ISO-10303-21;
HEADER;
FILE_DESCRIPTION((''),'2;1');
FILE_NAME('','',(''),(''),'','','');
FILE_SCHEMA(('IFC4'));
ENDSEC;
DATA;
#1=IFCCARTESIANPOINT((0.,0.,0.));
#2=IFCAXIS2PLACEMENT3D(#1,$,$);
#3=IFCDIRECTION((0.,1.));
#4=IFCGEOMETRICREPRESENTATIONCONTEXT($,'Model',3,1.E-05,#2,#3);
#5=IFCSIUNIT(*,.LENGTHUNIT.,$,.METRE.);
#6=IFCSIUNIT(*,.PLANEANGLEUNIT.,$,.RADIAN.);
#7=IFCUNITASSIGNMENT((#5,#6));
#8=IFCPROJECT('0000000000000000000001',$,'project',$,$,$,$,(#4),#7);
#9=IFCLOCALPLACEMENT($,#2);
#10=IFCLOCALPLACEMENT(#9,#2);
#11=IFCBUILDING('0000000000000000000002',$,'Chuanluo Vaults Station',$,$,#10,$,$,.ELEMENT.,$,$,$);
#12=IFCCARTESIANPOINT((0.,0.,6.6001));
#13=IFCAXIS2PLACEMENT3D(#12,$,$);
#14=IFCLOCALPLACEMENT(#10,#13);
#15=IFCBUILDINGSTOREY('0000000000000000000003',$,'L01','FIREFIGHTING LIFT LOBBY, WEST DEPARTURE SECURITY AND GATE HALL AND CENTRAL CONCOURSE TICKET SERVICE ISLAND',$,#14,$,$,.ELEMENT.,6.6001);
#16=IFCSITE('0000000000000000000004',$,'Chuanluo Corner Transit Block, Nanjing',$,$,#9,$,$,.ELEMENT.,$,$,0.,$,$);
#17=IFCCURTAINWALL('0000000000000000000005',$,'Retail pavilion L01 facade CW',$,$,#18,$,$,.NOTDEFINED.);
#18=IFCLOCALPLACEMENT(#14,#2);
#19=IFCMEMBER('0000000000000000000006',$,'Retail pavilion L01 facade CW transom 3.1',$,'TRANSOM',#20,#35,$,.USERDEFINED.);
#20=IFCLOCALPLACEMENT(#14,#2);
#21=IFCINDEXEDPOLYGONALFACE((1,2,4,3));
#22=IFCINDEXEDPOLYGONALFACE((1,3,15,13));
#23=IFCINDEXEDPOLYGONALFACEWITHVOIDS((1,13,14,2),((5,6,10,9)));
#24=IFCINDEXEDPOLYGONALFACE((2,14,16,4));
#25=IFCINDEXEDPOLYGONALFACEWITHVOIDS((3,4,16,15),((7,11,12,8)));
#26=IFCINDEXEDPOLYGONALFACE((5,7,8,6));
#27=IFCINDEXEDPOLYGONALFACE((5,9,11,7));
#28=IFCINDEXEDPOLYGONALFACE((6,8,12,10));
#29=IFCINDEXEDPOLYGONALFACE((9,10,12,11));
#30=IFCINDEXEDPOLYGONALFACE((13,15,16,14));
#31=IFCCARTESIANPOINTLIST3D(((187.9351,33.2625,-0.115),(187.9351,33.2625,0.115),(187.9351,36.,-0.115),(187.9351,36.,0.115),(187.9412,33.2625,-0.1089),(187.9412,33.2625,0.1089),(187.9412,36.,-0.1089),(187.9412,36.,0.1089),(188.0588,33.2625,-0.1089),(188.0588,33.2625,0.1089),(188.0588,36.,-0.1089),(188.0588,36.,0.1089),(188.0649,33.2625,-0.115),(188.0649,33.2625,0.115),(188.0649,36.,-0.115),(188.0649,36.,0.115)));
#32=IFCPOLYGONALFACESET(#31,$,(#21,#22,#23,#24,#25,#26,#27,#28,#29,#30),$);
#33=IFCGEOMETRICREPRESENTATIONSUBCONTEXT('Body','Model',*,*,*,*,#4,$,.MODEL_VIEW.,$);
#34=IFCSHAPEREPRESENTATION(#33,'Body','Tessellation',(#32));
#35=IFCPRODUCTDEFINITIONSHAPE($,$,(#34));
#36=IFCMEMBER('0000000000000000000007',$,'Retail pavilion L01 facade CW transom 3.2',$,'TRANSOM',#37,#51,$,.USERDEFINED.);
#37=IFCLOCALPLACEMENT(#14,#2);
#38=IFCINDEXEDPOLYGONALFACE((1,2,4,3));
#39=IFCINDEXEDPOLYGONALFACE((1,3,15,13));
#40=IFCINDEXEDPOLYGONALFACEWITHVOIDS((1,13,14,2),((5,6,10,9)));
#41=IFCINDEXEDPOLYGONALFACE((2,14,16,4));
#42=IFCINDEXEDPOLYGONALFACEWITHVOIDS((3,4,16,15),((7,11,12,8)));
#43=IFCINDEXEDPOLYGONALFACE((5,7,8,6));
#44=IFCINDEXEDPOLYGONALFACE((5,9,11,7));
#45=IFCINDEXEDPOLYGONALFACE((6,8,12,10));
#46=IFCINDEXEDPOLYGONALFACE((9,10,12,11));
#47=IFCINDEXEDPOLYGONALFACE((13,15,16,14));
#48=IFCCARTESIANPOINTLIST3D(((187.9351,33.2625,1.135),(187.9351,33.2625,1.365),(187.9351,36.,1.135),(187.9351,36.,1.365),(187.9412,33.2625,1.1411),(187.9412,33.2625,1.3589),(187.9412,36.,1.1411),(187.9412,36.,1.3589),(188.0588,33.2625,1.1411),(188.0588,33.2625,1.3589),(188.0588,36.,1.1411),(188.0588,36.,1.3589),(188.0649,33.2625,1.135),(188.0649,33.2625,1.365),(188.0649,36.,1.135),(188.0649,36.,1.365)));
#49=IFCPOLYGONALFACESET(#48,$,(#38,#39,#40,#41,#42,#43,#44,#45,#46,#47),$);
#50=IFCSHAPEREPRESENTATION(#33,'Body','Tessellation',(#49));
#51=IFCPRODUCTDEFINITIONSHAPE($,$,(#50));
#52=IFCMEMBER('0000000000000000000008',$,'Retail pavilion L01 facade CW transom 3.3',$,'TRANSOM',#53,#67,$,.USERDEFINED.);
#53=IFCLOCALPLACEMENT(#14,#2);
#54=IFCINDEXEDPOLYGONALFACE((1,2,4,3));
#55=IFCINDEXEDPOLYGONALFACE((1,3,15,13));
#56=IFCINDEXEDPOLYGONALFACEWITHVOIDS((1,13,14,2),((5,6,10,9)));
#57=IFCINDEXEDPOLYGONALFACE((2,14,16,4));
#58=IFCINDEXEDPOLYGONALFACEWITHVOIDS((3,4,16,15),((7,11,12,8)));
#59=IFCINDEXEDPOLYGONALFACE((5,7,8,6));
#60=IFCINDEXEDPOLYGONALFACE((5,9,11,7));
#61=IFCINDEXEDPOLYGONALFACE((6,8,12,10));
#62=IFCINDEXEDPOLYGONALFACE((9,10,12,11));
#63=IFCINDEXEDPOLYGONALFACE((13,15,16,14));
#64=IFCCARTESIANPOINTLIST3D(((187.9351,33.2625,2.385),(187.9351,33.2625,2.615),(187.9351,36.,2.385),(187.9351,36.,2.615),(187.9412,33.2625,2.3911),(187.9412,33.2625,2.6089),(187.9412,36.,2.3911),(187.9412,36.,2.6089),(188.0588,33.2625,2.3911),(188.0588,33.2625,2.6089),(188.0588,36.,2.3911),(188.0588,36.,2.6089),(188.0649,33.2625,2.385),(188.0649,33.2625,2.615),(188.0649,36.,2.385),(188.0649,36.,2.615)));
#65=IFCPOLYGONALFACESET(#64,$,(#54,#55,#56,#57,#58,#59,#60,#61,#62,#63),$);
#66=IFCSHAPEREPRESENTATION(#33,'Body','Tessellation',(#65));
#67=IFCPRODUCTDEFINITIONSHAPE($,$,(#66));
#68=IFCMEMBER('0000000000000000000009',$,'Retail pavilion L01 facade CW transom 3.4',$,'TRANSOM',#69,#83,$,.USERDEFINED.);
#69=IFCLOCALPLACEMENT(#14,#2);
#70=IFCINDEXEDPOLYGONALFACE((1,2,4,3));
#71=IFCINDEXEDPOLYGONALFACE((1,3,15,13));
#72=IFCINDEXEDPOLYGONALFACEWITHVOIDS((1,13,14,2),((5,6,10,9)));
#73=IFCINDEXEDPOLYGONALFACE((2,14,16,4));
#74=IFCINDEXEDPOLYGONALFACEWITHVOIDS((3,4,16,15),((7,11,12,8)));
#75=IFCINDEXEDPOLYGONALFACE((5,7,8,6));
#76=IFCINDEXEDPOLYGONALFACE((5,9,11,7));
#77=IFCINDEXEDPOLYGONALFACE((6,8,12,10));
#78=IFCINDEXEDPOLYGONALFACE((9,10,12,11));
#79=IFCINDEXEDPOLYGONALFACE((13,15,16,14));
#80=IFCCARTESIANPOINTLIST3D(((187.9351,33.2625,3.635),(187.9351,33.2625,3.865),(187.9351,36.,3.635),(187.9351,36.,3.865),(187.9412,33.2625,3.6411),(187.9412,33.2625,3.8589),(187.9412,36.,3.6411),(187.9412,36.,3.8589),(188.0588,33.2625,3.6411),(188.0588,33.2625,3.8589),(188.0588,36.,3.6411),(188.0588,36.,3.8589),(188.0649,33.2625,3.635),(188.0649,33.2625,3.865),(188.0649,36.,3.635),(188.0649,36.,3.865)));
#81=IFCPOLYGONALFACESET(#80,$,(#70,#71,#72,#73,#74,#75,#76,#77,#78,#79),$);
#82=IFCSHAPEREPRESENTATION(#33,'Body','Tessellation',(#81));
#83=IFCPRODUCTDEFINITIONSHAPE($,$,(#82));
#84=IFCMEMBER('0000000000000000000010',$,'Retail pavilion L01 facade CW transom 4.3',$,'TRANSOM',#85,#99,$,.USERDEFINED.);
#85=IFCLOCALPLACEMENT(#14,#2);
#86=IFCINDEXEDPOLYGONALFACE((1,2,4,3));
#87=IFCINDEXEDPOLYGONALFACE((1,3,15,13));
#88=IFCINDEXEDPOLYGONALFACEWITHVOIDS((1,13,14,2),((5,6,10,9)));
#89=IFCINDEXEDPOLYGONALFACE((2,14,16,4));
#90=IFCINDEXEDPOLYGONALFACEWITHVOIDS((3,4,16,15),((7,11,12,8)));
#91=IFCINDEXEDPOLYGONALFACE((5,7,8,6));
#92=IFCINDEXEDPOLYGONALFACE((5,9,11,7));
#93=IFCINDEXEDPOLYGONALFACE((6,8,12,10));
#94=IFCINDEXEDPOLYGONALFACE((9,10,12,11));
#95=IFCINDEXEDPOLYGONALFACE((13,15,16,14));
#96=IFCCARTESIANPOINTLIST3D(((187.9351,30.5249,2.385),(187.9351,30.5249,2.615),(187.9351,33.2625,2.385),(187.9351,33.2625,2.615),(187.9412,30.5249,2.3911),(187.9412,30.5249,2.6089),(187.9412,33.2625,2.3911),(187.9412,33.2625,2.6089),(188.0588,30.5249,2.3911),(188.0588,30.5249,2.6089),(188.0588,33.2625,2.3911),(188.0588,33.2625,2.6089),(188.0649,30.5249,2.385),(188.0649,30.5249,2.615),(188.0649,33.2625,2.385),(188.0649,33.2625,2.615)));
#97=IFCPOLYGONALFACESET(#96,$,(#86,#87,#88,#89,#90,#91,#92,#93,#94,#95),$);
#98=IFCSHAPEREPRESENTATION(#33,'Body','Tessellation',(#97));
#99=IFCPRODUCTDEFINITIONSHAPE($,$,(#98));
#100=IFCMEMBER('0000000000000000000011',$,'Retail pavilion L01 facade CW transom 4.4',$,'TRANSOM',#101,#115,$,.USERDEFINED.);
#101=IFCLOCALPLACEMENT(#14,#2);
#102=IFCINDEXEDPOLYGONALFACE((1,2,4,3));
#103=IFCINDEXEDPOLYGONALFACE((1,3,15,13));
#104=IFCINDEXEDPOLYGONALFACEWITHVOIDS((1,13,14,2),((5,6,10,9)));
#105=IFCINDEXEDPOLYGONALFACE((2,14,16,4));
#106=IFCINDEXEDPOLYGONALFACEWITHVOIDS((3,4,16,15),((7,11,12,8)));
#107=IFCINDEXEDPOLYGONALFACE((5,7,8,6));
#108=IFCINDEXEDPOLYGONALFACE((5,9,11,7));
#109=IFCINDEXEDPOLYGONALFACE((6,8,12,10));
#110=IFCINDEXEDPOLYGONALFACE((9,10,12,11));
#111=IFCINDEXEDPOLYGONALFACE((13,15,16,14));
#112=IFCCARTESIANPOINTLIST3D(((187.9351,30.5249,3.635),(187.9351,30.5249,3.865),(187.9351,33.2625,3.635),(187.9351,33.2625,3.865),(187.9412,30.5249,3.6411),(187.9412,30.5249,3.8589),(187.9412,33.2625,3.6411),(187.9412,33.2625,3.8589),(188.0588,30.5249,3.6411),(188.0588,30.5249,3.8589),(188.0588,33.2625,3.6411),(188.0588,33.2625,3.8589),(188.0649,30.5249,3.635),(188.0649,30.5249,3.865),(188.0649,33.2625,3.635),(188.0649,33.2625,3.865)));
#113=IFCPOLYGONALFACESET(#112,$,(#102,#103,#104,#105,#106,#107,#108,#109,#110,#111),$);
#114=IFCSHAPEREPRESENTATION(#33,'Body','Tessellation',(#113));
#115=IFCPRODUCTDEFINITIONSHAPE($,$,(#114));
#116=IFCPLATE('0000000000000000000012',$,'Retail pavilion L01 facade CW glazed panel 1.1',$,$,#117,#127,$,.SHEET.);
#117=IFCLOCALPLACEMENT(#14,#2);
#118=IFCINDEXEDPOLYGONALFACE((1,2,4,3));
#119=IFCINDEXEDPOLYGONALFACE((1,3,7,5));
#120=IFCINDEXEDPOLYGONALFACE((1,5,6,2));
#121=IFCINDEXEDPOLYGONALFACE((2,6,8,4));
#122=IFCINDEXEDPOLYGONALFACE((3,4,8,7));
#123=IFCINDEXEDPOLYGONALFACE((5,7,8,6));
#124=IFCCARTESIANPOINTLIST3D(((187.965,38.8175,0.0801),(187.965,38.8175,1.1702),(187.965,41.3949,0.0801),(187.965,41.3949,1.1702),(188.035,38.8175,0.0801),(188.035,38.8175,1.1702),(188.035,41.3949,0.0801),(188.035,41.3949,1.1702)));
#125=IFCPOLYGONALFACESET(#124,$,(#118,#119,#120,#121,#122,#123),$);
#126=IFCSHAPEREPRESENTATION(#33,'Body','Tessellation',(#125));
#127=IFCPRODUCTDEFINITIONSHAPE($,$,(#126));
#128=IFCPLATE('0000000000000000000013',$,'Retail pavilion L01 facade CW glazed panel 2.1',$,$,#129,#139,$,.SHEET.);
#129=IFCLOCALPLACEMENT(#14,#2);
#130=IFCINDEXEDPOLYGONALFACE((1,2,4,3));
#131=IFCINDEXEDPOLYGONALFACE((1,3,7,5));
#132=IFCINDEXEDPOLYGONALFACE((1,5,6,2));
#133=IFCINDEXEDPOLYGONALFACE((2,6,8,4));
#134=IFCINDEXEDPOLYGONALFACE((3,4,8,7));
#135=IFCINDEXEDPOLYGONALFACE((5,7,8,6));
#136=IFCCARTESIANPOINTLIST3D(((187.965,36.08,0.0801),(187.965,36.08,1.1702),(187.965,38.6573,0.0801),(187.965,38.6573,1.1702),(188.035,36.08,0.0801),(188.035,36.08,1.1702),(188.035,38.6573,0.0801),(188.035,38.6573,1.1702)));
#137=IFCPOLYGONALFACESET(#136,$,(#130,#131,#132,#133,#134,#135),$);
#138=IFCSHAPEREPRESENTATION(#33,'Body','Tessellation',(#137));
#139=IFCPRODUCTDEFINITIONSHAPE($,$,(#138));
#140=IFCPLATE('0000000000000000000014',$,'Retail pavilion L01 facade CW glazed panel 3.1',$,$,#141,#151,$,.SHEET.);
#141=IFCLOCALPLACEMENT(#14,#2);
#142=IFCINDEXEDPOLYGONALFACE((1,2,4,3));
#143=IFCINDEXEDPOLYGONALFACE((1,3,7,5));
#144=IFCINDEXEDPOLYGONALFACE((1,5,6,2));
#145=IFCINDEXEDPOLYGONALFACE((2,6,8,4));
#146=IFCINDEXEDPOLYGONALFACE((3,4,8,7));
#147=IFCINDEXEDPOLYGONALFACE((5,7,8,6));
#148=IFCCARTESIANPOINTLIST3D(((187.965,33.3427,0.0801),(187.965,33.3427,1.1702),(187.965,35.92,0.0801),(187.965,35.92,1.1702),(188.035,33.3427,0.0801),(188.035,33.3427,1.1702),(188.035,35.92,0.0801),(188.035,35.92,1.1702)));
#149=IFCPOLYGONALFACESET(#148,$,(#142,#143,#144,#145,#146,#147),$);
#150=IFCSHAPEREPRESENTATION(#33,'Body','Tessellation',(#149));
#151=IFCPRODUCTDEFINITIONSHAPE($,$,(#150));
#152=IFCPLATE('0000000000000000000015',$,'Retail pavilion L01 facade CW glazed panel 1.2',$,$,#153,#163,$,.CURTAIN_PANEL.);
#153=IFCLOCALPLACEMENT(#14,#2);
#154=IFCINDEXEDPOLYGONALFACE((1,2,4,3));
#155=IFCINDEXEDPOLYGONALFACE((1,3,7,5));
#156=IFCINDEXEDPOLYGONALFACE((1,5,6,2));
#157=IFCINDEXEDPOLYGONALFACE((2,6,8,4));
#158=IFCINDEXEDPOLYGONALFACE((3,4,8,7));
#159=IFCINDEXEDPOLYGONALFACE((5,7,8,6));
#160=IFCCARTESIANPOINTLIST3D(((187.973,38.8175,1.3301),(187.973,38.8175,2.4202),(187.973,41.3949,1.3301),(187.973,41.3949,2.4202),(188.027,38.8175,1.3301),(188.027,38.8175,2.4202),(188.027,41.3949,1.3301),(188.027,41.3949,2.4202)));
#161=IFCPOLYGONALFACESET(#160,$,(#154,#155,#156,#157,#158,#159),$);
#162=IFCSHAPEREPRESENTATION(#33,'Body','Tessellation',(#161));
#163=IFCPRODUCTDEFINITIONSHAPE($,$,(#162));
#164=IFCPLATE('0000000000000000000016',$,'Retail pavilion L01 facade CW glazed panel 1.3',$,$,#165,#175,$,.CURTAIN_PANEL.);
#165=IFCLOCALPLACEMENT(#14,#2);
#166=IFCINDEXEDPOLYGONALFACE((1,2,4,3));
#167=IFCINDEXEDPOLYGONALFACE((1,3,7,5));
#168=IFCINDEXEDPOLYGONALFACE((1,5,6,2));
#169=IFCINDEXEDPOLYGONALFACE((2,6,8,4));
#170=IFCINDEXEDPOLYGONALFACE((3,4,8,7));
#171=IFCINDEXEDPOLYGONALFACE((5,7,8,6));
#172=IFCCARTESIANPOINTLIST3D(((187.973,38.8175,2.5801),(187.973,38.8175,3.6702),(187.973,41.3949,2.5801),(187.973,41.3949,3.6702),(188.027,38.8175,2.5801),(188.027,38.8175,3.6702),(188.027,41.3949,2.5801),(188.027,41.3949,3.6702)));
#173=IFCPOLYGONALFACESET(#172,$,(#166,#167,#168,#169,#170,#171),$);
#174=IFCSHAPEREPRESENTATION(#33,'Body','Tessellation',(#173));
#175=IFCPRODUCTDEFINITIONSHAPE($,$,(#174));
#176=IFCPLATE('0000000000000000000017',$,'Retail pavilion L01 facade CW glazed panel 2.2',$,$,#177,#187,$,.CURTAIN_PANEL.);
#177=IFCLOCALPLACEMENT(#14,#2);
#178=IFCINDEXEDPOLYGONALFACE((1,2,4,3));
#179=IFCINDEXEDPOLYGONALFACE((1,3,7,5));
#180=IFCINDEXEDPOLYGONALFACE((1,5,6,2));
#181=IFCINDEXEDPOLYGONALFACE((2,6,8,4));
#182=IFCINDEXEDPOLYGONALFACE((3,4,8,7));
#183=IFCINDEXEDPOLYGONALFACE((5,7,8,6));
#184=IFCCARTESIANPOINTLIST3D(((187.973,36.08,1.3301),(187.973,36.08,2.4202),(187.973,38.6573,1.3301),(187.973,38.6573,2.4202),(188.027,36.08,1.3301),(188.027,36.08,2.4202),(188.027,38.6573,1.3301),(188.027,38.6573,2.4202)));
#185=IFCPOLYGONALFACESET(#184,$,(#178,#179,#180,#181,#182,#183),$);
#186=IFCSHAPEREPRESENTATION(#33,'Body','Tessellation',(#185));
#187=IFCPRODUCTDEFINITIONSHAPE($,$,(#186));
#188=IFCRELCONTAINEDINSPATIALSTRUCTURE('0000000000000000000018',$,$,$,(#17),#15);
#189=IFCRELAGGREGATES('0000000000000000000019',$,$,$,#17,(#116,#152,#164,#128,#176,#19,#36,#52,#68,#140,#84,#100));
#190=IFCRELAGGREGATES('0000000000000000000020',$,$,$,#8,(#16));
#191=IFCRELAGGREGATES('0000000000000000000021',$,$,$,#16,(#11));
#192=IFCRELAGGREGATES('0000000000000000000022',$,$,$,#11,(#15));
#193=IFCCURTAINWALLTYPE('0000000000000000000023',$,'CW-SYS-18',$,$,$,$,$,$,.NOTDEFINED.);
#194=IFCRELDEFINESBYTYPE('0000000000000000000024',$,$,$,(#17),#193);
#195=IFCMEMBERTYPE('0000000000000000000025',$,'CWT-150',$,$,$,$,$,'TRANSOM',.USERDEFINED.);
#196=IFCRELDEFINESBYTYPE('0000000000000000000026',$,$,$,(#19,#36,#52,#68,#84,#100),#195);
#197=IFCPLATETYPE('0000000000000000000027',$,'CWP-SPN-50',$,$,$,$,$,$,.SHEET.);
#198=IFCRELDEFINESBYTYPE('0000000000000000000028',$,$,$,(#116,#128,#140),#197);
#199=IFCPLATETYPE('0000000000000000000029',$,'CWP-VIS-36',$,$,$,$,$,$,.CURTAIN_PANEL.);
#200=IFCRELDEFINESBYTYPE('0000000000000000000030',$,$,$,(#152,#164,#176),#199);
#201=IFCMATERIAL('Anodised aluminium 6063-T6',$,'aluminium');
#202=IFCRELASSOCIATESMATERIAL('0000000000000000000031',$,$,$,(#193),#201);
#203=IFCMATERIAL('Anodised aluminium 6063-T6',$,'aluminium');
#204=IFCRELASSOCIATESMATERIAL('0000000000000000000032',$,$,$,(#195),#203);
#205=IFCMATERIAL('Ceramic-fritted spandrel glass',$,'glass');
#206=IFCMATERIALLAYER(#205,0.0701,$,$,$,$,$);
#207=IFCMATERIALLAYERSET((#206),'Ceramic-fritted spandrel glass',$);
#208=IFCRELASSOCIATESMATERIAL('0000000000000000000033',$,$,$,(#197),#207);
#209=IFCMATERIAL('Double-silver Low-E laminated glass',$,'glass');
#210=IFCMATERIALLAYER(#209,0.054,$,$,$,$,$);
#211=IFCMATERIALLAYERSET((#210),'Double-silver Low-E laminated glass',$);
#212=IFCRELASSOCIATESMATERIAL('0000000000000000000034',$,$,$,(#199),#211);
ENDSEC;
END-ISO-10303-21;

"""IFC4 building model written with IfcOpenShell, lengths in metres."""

from ifc_helpers import new_model, si_unit, direction, frame, origin, origin_2d, place, context, subcontext, project, spatial, rectangle, hollow_rectangle, extrude, material, layer, layer_set, material_profile, profile_set, type_object, element, aggregate, save


model = new_model("IFC4")

# Units and contexts
model_context = context("Model", 3, precision=1e-05, world=origin(), true_north=direction((0.0, 1.0)))
body_context = subcontext(model_context, "Body", "Model", "MODEL_VIEW")
ifc_project = project(units=[si_unit("LENGTHUNIT", "METRE"), si_unit("PLANEANGLEUNIT", "RADIAN")], contexts=[model_context])

# Site, building, storey
site_placement = place(None, origin())
site = spatial("IfcSite", under=ifc_project, at=site_placement, Name="Chuanluo Corner Transit Block, Nanjing", CompositionType="ELEMENT", RefElevation=0.0)
building_placement = place(site_placement, origin())
building = spatial("IfcBuilding", under=site, at=building_placement, Name="Chuanluo Vaults Station", CompositionType="ELEMENT")
storey_placement = place(building_placement, frame((0.0, 0.0, 6.6001)))
storey = spatial("IfcBuildingStorey", under=building, at=storey_placement, Name="L01", Description="FIREFIGHTING LIFT LOBBY, WEST DEPARTURE SECURITY AND GATE HALL AND CENTRAL CONCOURSE TICKET SERVICE ISLAND", CompositionType="ELEMENT", Elevation=6.6001)

# Curtain wall, members, plates
ifc_material_1 = material(Name="Anodised aluminium 6063-T6", Category="aluminium")
curtain_wall_type = type_object("IfcCurtainWallType", Name="CW-SYS-18", PredefinedType="NOTDEFINED", material=ifc_material_1)
curtain_wall_placement = place(storey_placement, origin())
curtain_wall = element("IfcCurtainWall", 1, at=curtain_wall_placement, inside=storey, type_object=curtain_wall_type, Name="Retail pavilion L01 facade CW", PredefinedType="NOTDEFINED")
ifc_material_2 = material(Name="Anodised aluminium 6063-T6", Category="aluminium")
ifc_material_profile_1 = material_profile(ifc_material_2, hollow_rectangle(XDim=0.1299, YDim=0.23, WallThickness=0.0061, at=origin_2d()))
ifc_profile_set_1 = profile_set([ifc_material_profile_1], Name="Anodised aluminium 6063-T6")
member_type_1 = type_object("IfcMemberType", Name="CWT-150", ElementType="TRANSOM", PredefinedType="USERDEFINED", material=ifc_profile_set_1)
member_1_placement = place(storey_placement, frame((188.0, 36.0, 0.0), z_axis=(0.0, -1.0, 0.0), x_axis=(1.0, 0.0, 0.0)))
member_1 = element("IfcMember", 2, at=member_1_placement, type_object=member_type_1, Name="Retail pavilion L01 facade CW transom 3.1", ObjectType="TRANSOM", PredefinedType="USERDEFINED", context=body_context, shape_type="SweptSolid", body=[
    extrude(hollow_rectangle(XDim=0.1299, YDim=0.23, WallThickness=0.0061, at=origin_2d()), origin(), (0.0, 0.0, 1.0), 2.7375),
])
member_2_placement = place(storey_placement, frame((188.0, 36.0, 1.25), z_axis=(0.0, -1.0, 0.0), x_axis=(1.0, 0.0, 0.0)))
member_2 = element("IfcMember", 3, at=member_2_placement, type_object=member_type_1, Name="Retail pavilion L01 facade CW transom 3.2", ObjectType="TRANSOM", PredefinedType="USERDEFINED", context=body_context, shape_type="SweptSolid", body=[
    extrude(hollow_rectangle(XDim=0.1299, YDim=0.23, WallThickness=0.0061, at=origin_2d()), origin(), (0.0, 0.0, 1.0), 2.7375),
])
member_3_placement = place(storey_placement, frame((188.0, 36.0, 2.5), z_axis=(0.0, -1.0, 0.0), x_axis=(1.0, 0.0, 0.0)))
member_3 = element("IfcMember", 4, at=member_3_placement, type_object=member_type_1, Name="Retail pavilion L01 facade CW transom 3.3", ObjectType="TRANSOM", PredefinedType="USERDEFINED", context=body_context, shape_type="SweptSolid", body=[
    extrude(hollow_rectangle(XDim=0.1299, YDim=0.23, WallThickness=0.0061, at=origin_2d()), origin(), (0.0, 0.0, 1.0), 2.7375),
])
member_4_placement = place(storey_placement, frame((188.0, 36.0, 3.75), z_axis=(0.0, -1.0, 0.0), x_axis=(1.0, 0.0, 0.0)))
member_4 = element("IfcMember", 5, at=member_4_placement, type_object=member_type_1, Name="Retail pavilion L01 facade CW transom 3.4", ObjectType="TRANSOM", PredefinedType="USERDEFINED", context=body_context, shape_type="SweptSolid", body=[
    extrude(hollow_rectangle(XDim=0.1299, YDim=0.23, WallThickness=0.0061, at=origin_2d()), origin(), (0.0, 0.0, 1.0), 2.7375),
])
member_5_placement = place(storey_placement, frame((188.0, 33.2625, 2.5), z_axis=(0.0, -1.0, 0.0), x_axis=(1.0, 0.0, 0.0)))
member_5 = element("IfcMember", 6, at=member_5_placement, type_object=member_type_1, Name="Retail pavilion L01 facade CW transom 4.3", ObjectType="TRANSOM", PredefinedType="USERDEFINED", context=body_context, shape_type="SweptSolid", body=[
    extrude(hollow_rectangle(XDim=0.1299, YDim=0.23, WallThickness=0.0061, at=origin_2d()), origin(), (0.0, 0.0, 1.0), 2.7375),
])
member_6_placement = place(storey_placement, frame((188.0, 33.2625, 3.75), z_axis=(0.0, -1.0, 0.0), x_axis=(1.0, 0.0, 0.0)))
member_6 = element("IfcMember", 7, at=member_6_placement, type_object=member_type_1, Name="Retail pavilion L01 facade CW transom 4.4", ObjectType="TRANSOM", PredefinedType="USERDEFINED", context=body_context, shape_type="SweptSolid", body=[
    extrude(hollow_rectangle(XDim=0.1299, YDim=0.23, WallThickness=0.0061, at=origin_2d()), origin(), (0.0, 0.0, 1.0), 2.7375),
])
ifc_material_3 = material(Name="Ceramic-fritted spandrel glass", Category="glass")
ifc_layer_1 = layer(ifc_material_3, 0.0701)
ifc_layer_set_1 = layer_set([ifc_layer_1], Name="Ceramic-fritted spandrel glass")
plate_type_1 = type_object("IfcPlateType", Name="CWP-SPN-50", PredefinedType="SHEET", material=ifc_layer_set_1)
plate_1_placement = place(storey_placement, frame((188.0, 40.1062, 0.0801), z_axis=(0.0, 0.0, 1.0), x_axis=(0.0, -1.0, 0.0)))
plate_1 = element("IfcPlate", 8, at=plate_1_placement, type_object=plate_type_1, Name="Retail pavilion L01 facade CW glazed panel 1.1", PredefinedType="SHEET", context=body_context, shape_type="SweptSolid", body=[
    extrude(rectangle(XDim=2.5774, YDim=0.0701, at=origin_2d()), origin(), (0.0, 0.0, 1.0), 1.0901),
])
plate_2_placement = place(storey_placement, frame((188.0, 37.3687, 0.0801), z_axis=(0.0, 0.0, 1.0), x_axis=(0.0, -1.0, 0.0)))
plate_2 = element("IfcPlate", 9, at=plate_2_placement, type_object=plate_type_1, Name="Retail pavilion L01 facade CW glazed panel 2.1", PredefinedType="SHEET", context=body_context, shape_type="SweptSolid", body=[
    extrude(rectangle(XDim=2.5774, YDim=0.0701, at=origin_2d()), origin(), (0.0, 0.0, 1.0), 1.0901),
])
plate_3_placement = place(storey_placement, frame((188.0, 34.6313, 0.0801), z_axis=(0.0, 0.0, 1.0), x_axis=(0.0, -1.0, 0.0)))
plate_3 = element("IfcPlate", 10, at=plate_3_placement, type_object=plate_type_1, Name="Retail pavilion L01 facade CW glazed panel 3.1", PredefinedType="SHEET", context=body_context, shape_type="SweptSolid", body=[
    extrude(rectangle(XDim=2.5774, YDim=0.0701, at=origin_2d()), origin(), (0.0, 0.0, 1.0), 1.0901),
])
ifc_material_4 = material(Name="Double-silver Low-E laminated glass", Category="glass")
ifc_layer_2 = layer(ifc_material_4, 0.054)
ifc_layer_set_2 = layer_set([ifc_layer_2], Name="Double-silver Low-E laminated glass")
plate_type_2 = type_object("IfcPlateType", Name="CWP-VIS-36", PredefinedType="CURTAIN_PANEL", material=ifc_layer_set_2)
plate_4_placement = place(storey_placement, frame((188.0, 40.1062, 1.3301), z_axis=(0.0, 0.0, 1.0), x_axis=(0.0, -1.0, 0.0)))
plate_4 = element("IfcPlate", 11, at=plate_4_placement, type_object=plate_type_2, Name="Retail pavilion L01 facade CW glazed panel 1.2", PredefinedType="CURTAIN_PANEL", context=body_context, shape_type="SweptSolid", body=[
    extrude(rectangle(XDim=2.5774, YDim=0.054, at=origin_2d()), origin(), (0.0, 0.0, 1.0), 1.0901),
])
plate_5_placement = place(storey_placement, frame((188.0, 40.1062, 2.5801), z_axis=(0.0, 0.0, 1.0), x_axis=(0.0, -1.0, 0.0)))
plate_5 = element("IfcPlate", 12, at=plate_5_placement, type_object=plate_type_2, Name="Retail pavilion L01 facade CW glazed panel 1.3", PredefinedType="CURTAIN_PANEL", context=body_context, shape_type="SweptSolid", body=[
    extrude(rectangle(XDim=2.5774, YDim=0.054, at=origin_2d()), origin(), (0.0, 0.0, 1.0), 1.0901),
])
plate_6_placement = place(storey_placement, frame((188.0, 37.3687, 1.3301), z_axis=(0.0, 0.0, 1.0), x_axis=(0.0, -1.0, 0.0)))
plate_6 = element("IfcPlate", 13, at=plate_6_placement, type_object=plate_type_2, Name="Retail pavilion L01 facade CW glazed panel 2.2", PredefinedType="CURTAIN_PANEL", context=body_context, shape_type="SweptSolid", body=[
    extrude(rectangle(XDim=2.5774, YDim=0.054, at=origin_2d()), origin(), (0.0, 0.0, 1.0), 1.0901),
])
aggregate(curtain_wall, [plate_1, plate_4, plate_5, plate_2, plate_6, member_1, member_2, member_3, member_4, plate_3, member_5, member_6])

save(model, "model.ifc")
